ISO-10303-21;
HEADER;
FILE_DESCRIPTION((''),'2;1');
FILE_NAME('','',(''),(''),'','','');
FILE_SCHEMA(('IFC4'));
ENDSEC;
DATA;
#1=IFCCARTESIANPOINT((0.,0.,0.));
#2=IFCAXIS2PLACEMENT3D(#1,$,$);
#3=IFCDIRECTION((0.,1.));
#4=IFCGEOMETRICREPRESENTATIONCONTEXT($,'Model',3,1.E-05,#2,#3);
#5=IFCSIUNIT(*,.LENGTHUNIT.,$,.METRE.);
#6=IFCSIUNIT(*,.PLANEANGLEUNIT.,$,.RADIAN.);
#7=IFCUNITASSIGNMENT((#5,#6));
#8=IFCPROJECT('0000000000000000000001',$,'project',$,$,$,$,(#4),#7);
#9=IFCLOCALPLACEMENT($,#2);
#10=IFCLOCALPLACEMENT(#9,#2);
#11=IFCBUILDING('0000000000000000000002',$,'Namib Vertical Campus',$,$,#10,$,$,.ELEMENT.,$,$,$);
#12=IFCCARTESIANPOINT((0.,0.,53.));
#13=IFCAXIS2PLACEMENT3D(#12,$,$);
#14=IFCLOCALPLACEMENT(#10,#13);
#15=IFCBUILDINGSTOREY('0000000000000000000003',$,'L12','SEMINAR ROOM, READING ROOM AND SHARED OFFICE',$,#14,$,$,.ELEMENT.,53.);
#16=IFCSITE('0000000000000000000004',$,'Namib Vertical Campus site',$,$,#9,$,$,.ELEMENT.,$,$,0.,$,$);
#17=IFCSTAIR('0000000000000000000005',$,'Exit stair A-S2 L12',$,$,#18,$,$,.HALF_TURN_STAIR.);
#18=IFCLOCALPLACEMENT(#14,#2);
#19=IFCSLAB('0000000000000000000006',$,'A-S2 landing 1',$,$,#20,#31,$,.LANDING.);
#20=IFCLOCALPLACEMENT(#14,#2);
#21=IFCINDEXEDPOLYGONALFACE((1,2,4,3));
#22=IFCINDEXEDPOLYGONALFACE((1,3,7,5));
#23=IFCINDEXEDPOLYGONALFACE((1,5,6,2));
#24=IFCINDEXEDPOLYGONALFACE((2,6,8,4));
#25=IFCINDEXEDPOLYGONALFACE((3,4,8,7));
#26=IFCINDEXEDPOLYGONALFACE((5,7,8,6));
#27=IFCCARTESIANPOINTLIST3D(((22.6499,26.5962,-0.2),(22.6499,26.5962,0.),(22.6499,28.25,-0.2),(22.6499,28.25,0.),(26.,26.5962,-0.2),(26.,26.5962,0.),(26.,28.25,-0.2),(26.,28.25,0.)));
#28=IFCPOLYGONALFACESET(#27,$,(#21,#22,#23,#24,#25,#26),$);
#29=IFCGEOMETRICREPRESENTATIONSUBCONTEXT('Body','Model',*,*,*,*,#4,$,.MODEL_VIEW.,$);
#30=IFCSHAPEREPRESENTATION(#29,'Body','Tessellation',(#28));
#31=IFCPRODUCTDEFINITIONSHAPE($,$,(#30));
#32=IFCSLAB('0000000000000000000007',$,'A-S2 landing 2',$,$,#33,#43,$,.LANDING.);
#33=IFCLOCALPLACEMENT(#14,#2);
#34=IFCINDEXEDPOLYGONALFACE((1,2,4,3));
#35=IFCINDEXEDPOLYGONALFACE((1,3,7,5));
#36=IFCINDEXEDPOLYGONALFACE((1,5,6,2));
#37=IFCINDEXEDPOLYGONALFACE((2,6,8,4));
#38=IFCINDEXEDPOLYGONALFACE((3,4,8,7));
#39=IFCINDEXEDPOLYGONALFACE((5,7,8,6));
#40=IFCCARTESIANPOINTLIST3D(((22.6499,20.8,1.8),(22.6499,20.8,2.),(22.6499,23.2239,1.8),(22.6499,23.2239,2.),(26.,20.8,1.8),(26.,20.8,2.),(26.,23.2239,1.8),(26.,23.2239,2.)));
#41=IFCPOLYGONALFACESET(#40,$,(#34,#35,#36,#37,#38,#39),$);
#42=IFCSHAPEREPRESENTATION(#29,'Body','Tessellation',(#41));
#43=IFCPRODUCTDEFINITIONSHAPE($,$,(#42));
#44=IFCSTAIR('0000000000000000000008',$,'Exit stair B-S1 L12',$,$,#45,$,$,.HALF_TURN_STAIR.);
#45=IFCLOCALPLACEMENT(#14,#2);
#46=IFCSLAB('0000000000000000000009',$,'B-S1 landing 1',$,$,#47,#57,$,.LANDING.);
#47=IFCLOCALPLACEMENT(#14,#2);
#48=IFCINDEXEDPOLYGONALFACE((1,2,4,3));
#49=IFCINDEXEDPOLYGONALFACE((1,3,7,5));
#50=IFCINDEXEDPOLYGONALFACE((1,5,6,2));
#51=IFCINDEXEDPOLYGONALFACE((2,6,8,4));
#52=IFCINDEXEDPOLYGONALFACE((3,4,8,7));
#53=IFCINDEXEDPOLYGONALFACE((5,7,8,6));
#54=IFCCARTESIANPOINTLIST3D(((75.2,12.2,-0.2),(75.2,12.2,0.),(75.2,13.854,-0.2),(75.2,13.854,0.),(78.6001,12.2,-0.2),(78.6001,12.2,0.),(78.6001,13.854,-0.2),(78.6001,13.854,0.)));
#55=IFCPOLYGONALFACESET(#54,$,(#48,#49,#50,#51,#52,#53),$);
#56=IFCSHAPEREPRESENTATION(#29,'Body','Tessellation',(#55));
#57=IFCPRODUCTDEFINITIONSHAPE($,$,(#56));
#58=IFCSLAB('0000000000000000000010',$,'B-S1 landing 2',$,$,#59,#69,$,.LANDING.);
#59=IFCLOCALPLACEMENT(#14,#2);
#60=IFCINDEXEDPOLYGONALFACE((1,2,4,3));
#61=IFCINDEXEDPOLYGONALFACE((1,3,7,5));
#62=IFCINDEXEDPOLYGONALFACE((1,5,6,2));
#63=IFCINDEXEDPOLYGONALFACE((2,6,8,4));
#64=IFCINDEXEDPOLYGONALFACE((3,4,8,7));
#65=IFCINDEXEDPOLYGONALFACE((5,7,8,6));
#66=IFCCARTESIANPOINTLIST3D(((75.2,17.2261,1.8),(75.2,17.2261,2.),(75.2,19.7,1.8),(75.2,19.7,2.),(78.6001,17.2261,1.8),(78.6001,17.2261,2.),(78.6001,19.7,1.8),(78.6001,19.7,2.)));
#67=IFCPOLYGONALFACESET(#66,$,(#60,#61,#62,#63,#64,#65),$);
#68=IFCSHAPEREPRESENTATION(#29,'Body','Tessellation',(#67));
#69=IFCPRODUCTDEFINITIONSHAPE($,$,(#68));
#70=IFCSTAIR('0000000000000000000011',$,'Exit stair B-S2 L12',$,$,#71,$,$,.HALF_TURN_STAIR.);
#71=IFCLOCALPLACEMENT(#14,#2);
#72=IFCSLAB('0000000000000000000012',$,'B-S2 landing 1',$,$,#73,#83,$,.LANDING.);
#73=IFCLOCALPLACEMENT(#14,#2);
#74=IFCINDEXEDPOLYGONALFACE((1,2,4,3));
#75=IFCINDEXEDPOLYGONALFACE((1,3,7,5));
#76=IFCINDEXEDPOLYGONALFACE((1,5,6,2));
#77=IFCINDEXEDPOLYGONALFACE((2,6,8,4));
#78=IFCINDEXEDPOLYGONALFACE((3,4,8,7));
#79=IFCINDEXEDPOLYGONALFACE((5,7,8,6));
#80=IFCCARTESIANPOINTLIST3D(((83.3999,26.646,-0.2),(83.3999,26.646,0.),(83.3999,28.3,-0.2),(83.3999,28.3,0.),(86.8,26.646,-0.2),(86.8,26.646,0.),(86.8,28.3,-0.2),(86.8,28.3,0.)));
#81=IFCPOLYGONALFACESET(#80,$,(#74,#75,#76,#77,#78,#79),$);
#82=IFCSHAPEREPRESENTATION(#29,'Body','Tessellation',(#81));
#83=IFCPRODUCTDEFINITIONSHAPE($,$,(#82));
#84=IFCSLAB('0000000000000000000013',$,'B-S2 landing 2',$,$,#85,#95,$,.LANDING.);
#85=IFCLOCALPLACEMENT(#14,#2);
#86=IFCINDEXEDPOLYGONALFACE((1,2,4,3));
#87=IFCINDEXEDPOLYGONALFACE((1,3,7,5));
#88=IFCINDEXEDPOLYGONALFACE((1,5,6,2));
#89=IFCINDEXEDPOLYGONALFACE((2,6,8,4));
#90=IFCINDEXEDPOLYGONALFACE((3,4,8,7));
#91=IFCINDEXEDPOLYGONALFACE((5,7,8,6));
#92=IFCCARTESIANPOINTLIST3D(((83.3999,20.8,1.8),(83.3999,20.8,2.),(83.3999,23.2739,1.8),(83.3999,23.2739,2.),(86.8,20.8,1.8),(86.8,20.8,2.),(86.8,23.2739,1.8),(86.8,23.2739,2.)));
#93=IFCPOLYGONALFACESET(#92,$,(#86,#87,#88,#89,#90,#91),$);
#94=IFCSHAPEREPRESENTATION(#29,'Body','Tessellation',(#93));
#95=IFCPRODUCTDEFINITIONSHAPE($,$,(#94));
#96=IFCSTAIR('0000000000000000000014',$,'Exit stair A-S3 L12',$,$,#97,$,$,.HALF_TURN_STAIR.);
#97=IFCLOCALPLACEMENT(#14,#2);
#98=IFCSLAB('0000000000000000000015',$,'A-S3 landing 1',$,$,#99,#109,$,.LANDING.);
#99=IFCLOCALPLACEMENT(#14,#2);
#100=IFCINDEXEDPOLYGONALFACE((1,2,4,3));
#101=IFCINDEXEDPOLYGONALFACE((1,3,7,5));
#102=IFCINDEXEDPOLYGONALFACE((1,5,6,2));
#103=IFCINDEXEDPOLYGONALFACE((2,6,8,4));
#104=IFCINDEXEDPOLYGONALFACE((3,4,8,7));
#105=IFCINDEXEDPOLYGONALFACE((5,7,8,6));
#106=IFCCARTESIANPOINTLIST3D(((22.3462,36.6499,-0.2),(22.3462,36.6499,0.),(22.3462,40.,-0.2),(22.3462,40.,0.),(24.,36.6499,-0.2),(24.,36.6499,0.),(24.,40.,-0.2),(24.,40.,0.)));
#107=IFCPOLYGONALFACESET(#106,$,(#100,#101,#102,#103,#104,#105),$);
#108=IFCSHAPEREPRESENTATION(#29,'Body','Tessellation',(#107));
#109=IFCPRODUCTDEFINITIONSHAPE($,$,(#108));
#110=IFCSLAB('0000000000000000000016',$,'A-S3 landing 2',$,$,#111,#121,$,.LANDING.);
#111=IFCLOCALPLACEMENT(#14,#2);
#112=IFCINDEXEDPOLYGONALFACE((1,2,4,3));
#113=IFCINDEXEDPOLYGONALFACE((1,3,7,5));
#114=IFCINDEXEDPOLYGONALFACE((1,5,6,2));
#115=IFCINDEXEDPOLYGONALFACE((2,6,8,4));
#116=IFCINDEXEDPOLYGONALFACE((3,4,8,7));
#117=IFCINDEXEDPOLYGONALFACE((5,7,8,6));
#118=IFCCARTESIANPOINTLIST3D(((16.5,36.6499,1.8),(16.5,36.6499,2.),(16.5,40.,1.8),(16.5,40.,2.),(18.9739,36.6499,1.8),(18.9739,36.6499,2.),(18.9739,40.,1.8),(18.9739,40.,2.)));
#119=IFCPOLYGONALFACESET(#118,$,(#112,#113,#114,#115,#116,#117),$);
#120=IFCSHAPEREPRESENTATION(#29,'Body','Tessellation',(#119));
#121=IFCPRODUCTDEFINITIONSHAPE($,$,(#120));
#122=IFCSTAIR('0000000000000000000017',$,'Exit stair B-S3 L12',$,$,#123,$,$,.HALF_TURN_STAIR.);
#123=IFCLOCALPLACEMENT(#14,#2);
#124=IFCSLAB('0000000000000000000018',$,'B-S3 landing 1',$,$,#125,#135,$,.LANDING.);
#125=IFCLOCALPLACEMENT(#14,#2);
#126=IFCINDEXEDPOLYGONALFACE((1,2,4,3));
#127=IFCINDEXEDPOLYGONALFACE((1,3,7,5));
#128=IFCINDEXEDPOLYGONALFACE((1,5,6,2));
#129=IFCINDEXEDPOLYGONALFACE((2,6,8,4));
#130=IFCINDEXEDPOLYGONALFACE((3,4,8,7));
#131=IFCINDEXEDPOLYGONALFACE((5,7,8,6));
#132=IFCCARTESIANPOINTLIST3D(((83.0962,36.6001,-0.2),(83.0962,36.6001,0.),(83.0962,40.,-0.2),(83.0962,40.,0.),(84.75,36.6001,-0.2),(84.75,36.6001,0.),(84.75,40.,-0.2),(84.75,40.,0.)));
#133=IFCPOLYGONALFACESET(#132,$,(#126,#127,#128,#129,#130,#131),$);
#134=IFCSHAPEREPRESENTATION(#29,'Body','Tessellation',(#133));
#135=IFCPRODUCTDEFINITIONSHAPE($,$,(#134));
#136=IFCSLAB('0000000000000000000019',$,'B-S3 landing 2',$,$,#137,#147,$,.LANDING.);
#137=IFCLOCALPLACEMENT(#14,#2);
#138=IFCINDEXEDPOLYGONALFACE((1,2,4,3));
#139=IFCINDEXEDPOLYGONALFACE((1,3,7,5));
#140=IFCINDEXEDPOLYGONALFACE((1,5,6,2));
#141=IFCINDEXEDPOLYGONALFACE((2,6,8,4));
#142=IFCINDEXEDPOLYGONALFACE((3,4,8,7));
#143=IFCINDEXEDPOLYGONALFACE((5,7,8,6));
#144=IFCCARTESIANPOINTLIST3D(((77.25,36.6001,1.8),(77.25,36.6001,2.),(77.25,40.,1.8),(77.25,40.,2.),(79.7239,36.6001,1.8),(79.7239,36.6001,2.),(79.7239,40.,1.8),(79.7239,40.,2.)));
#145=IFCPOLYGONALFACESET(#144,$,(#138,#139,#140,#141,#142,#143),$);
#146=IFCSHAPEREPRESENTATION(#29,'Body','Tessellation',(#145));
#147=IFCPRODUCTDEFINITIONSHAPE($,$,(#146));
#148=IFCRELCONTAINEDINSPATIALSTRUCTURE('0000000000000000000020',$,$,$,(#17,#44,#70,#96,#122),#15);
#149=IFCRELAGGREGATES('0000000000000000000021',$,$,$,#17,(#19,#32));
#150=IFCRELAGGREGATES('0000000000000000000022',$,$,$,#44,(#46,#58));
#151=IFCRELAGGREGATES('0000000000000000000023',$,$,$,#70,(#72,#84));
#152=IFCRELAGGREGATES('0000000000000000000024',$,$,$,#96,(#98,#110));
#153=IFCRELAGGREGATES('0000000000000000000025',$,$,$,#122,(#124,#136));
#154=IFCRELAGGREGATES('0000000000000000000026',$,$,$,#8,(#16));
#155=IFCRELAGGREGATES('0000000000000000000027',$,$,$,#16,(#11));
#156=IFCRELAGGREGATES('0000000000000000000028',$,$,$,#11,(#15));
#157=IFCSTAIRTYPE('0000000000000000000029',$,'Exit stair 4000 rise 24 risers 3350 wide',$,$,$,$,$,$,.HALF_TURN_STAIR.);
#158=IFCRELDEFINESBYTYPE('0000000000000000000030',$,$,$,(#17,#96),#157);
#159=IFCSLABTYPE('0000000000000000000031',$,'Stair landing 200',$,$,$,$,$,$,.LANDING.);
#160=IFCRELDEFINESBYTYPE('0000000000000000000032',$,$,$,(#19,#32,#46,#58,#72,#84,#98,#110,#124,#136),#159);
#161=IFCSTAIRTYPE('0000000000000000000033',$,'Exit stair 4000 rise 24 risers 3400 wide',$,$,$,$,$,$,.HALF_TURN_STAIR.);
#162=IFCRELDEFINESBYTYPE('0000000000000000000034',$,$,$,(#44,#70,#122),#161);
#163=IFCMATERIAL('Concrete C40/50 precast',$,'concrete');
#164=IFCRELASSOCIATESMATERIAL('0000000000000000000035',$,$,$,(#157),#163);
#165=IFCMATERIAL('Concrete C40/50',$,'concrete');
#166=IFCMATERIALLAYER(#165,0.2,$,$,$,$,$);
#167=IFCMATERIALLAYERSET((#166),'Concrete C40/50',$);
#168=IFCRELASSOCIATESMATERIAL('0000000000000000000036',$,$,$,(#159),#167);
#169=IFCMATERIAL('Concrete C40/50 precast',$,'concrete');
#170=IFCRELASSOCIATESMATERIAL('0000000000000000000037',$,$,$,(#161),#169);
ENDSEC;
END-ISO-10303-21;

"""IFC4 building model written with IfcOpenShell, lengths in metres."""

from ifc_helpers import new_model, si_unit, direction, frame, origin, place, context, subcontext, project, spatial, polyline, outline, extrude, material, layer, layer_set, type_object, element, aggregate, save


model = new_model("IFC4")

# Units and contexts
model_context = context("Model", 3, precision=1e-05, world=origin(), true_north=direction((0.0, 1.0)))
body_context = subcontext(model_context, "Body", "Model", "MODEL_VIEW")
ifc_project = project(units=[si_unit("LENGTHUNIT", "METRE"), si_unit("PLANEANGLEUNIT", "RADIAN")], contexts=[model_context])

# Site, building, storey
site_placement = place(None, origin())
site = spatial("IfcSite", under=ifc_project, at=site_placement, Name="Namib Vertical Campus site", CompositionType="ELEMENT", RefElevation=0.0)
building_placement = place(site_placement, origin())
building = spatial("IfcBuilding", under=site, at=building_placement, Name="Namib Vertical Campus", CompositionType="ELEMENT")
storey_placement = place(building_placement, frame((0.0, 0.0, 53.0)))
storey = spatial("IfcBuildingStorey", under=building, at=storey_placement, Name="L12", Description="SEMINAR ROOM, READING ROOM AND SHARED OFFICE", CompositionType="ELEMENT", Elevation=53.0)

# Stairs, slabs
ifc_material_1 = material(Name="Concrete C40/50 precast", Category="concrete")
stair_type_1 = type_object("IfcStairType", Name="Exit stair 4000 rise 24 risers 3350 wide", PredefinedType="HALF_TURN_STAIR", material=ifc_material_1)
ifc_material_2 = material(Name="Concrete C40/50", Category="concrete")
ifc_layer_1 = layer(ifc_material_2, 0.2)
ifc_layer_set_1 = layer_set([ifc_layer_1], Name="Concrete C40/50")
slab_type_1 = type_object("IfcSlabType", Name="Stair landing 200", PredefinedType="LANDING", material=ifc_layer_set_1)
stair_1_placement = place(storey_placement, origin())
stair_1 = element("IfcStair", 1, at=stair_1_placement, inside=storey, type_object=stair_type_1, Name="Exit stair A-S2 L12", PredefinedType="HALF_TURN_STAIR")
slab_1_placement = place(storey_placement, frame((0.0, 0.0, -0.2)))
slab_1 = element("IfcSlab", 2, at=slab_1_placement, type_object=slab_type_1, Name="A-S2 landing 1", PredefinedType="LANDING", context=body_context, shape_type="SweptSolid", body=[
    extrude(outline(polyline([(22.6499, 26.5962), (26.0, 26.5962), (26.0, 28.25), (22.6499, 28.25), (22.6499, 26.5962)])), origin(), (0.0, 0.0, 1.0), 0.2),
])
slab_2_placement = place(storey_placement, frame((0.0, 0.0, 1.8)))
slab_2 = element("IfcSlab", 3, at=slab_2_placement, type_object=slab_type_1, Name="A-S2 landing 2", PredefinedType="LANDING", context=body_context, shape_type="SweptSolid", body=[
    extrude(outline(polyline([(22.6499, 20.8), (26.0, 20.8), (26.0, 23.2239), (22.6499, 23.2239), (22.6499, 20.8)])), origin(), (0.0, 0.0, 1.0), 0.2),
])
aggregate(stair_1, [slab_1, slab_2])
ifc_material_3 = material(Name="Concrete C40/50 precast", Category="concrete")
stair_type_2 = type_object("IfcStairType", Name="Exit stair 4000 rise 24 risers 3400 wide", PredefinedType="HALF_TURN_STAIR", material=ifc_material_3)
stair_2_placement = place(storey_placement, origin())
stair_2 = element("IfcStair", 4, at=stair_2_placement, inside=storey, type_object=stair_type_2, Name="Exit stair B-S1 L12", PredefinedType="HALF_TURN_STAIR")
slab_3_placement = place(storey_placement, frame((0.0, 0.0, -0.2)))
slab_3 = element("IfcSlab", 5, at=slab_3_placement, type_object=slab_type_1, Name="B-S1 landing 1", PredefinedType="LANDING", context=body_context, shape_type="SweptSolid", body=[
    extrude(outline(polyline([(75.2, 12.2), (78.6001, 12.2), (78.6001, 13.854), (75.2, 13.854), (75.2, 12.2)])), origin(), (0.0, 0.0, 1.0), 0.2),
])
slab_4_placement = place(storey_placement, frame((0.0, 0.0, 1.8)))
slab_4 = element("IfcSlab", 6, at=slab_4_placement, type_object=slab_type_1, Name="B-S1 landing 2", PredefinedType="LANDING", context=body_context, shape_type="SweptSolid", body=[
    extrude(outline(polyline([(75.2, 17.2261), (78.6001, 17.2261), (78.6001, 19.7), (75.2, 19.7), (75.2, 17.2261)])), origin(), (0.0, 0.0, 1.0), 0.2),
])
aggregate(stair_2, [slab_3, slab_4])
stair_3_placement = place(storey_placement, origin())
stair_3 = element("IfcStair", 7, at=stair_3_placement, inside=storey, type_object=stair_type_2, Name="Exit stair B-S2 L12", PredefinedType="HALF_TURN_STAIR")
slab_5_placement = place(storey_placement, frame((0.0, 0.0, -0.2)))
slab_5 = element("IfcSlab", 8, at=slab_5_placement, type_object=slab_type_1, Name="B-S2 landing 1", PredefinedType="LANDING", context=body_context, shape_type="SweptSolid", body=[
    extrude(outline(polyline([(83.3999, 26.646), (86.8, 26.646), (86.8, 28.3), (83.3999, 28.3), (83.3999, 26.646)])), origin(), (0.0, 0.0, 1.0), 0.2),
])
slab_6_placement = place(storey_placement, frame((0.0, 0.0, 1.8)))
slab_6 = element("IfcSlab", 9, at=slab_6_placement, type_object=slab_type_1, Name="B-S2 landing 2", PredefinedType="LANDING", context=body_context, shape_type="SweptSolid", body=[
    extrude(outline(polyline([(83.3999, 20.8), (86.8, 20.8), (86.8, 23.2739), (83.3999, 23.2739), (83.3999, 20.8)])), origin(), (0.0, 0.0, 1.0), 0.2),
])
aggregate(stair_3, [slab_5, slab_6])
stair_4_placement = place(storey_placement, origin())
stair_4 = element("IfcStair", 10, at=stair_4_placement, inside=storey, type_object=stair_type_1, Name="Exit stair A-S3 L12", PredefinedType="HALF_TURN_STAIR")
slab_7_placement = place(storey_placement, frame((0.0, 0.0, -0.2)))
slab_7 = element("IfcSlab", 11, at=slab_7_placement, type_object=slab_type_1, Name="A-S3 landing 1", PredefinedType="LANDING", context=body_context, shape_type="SweptSolid", body=[
    extrude(outline(polyline([(22.3462, 36.6499), (22.3462, 40.0), (24.0, 40.0), (24.0, 36.6499), (22.3462, 36.6499)])), origin(), (0.0, 0.0, 1.0), 0.2),
])
slab_8_placement = place(storey_placement, frame((0.0, 0.0, 1.8)))
slab_8 = element("IfcSlab", 12, at=slab_8_placement, type_object=slab_type_1, Name="A-S3 landing 2", PredefinedType="LANDING", context=body_context, shape_type="SweptSolid", body=[
    extrude(outline(polyline([(16.5, 36.6499), (16.5, 40.0), (18.9739, 40.0), (18.9739, 36.6499), (16.5, 36.6499)])), origin(), (0.0, 0.0, 1.0), 0.2),
])
aggregate(stair_4, [slab_7, slab_8])
stair_5_placement = place(storey_placement, origin())
stair_5 = element("IfcStair", 13, at=stair_5_placement, inside=storey, type_object=stair_type_2, Name="Exit stair B-S3 L12", PredefinedType="HALF_TURN_STAIR")
slab_9_placement = place(storey_placement, frame((0.0, 0.0, -0.2)))
slab_9 = element("IfcSlab", 14, at=slab_9_placement, type_object=slab_type_1, Name="B-S3 landing 1", PredefinedType="LANDING", context=body_context, shape_type="SweptSolid", body=[
    extrude(outline(polyline([(83.0962, 36.6001), (83.0962, 40.0), (84.75, 40.0), (84.75, 36.6001), (83.0962, 36.6001)])), origin(), (0.0, 0.0, 1.0), 0.2),
])
slab_10_placement = place(storey_placement, frame((0.0, 0.0, 1.8)))
slab_10 = element("IfcSlab", 15, at=slab_10_placement, type_object=slab_type_1, Name="B-S3 landing 2", PredefinedType="LANDING", context=body_context, shape_type="SweptSolid", body=[
    extrude(outline(polyline([(77.25, 36.6001), (77.25, 40.0), (79.7239, 40.0), (79.7239, 36.6001), (77.25, 36.6001)])), origin(), (0.0, 0.0, 1.0), 0.2),
])
aggregate(stair_5, [slab_9, slab_10])

save(model, "model.ifc")
